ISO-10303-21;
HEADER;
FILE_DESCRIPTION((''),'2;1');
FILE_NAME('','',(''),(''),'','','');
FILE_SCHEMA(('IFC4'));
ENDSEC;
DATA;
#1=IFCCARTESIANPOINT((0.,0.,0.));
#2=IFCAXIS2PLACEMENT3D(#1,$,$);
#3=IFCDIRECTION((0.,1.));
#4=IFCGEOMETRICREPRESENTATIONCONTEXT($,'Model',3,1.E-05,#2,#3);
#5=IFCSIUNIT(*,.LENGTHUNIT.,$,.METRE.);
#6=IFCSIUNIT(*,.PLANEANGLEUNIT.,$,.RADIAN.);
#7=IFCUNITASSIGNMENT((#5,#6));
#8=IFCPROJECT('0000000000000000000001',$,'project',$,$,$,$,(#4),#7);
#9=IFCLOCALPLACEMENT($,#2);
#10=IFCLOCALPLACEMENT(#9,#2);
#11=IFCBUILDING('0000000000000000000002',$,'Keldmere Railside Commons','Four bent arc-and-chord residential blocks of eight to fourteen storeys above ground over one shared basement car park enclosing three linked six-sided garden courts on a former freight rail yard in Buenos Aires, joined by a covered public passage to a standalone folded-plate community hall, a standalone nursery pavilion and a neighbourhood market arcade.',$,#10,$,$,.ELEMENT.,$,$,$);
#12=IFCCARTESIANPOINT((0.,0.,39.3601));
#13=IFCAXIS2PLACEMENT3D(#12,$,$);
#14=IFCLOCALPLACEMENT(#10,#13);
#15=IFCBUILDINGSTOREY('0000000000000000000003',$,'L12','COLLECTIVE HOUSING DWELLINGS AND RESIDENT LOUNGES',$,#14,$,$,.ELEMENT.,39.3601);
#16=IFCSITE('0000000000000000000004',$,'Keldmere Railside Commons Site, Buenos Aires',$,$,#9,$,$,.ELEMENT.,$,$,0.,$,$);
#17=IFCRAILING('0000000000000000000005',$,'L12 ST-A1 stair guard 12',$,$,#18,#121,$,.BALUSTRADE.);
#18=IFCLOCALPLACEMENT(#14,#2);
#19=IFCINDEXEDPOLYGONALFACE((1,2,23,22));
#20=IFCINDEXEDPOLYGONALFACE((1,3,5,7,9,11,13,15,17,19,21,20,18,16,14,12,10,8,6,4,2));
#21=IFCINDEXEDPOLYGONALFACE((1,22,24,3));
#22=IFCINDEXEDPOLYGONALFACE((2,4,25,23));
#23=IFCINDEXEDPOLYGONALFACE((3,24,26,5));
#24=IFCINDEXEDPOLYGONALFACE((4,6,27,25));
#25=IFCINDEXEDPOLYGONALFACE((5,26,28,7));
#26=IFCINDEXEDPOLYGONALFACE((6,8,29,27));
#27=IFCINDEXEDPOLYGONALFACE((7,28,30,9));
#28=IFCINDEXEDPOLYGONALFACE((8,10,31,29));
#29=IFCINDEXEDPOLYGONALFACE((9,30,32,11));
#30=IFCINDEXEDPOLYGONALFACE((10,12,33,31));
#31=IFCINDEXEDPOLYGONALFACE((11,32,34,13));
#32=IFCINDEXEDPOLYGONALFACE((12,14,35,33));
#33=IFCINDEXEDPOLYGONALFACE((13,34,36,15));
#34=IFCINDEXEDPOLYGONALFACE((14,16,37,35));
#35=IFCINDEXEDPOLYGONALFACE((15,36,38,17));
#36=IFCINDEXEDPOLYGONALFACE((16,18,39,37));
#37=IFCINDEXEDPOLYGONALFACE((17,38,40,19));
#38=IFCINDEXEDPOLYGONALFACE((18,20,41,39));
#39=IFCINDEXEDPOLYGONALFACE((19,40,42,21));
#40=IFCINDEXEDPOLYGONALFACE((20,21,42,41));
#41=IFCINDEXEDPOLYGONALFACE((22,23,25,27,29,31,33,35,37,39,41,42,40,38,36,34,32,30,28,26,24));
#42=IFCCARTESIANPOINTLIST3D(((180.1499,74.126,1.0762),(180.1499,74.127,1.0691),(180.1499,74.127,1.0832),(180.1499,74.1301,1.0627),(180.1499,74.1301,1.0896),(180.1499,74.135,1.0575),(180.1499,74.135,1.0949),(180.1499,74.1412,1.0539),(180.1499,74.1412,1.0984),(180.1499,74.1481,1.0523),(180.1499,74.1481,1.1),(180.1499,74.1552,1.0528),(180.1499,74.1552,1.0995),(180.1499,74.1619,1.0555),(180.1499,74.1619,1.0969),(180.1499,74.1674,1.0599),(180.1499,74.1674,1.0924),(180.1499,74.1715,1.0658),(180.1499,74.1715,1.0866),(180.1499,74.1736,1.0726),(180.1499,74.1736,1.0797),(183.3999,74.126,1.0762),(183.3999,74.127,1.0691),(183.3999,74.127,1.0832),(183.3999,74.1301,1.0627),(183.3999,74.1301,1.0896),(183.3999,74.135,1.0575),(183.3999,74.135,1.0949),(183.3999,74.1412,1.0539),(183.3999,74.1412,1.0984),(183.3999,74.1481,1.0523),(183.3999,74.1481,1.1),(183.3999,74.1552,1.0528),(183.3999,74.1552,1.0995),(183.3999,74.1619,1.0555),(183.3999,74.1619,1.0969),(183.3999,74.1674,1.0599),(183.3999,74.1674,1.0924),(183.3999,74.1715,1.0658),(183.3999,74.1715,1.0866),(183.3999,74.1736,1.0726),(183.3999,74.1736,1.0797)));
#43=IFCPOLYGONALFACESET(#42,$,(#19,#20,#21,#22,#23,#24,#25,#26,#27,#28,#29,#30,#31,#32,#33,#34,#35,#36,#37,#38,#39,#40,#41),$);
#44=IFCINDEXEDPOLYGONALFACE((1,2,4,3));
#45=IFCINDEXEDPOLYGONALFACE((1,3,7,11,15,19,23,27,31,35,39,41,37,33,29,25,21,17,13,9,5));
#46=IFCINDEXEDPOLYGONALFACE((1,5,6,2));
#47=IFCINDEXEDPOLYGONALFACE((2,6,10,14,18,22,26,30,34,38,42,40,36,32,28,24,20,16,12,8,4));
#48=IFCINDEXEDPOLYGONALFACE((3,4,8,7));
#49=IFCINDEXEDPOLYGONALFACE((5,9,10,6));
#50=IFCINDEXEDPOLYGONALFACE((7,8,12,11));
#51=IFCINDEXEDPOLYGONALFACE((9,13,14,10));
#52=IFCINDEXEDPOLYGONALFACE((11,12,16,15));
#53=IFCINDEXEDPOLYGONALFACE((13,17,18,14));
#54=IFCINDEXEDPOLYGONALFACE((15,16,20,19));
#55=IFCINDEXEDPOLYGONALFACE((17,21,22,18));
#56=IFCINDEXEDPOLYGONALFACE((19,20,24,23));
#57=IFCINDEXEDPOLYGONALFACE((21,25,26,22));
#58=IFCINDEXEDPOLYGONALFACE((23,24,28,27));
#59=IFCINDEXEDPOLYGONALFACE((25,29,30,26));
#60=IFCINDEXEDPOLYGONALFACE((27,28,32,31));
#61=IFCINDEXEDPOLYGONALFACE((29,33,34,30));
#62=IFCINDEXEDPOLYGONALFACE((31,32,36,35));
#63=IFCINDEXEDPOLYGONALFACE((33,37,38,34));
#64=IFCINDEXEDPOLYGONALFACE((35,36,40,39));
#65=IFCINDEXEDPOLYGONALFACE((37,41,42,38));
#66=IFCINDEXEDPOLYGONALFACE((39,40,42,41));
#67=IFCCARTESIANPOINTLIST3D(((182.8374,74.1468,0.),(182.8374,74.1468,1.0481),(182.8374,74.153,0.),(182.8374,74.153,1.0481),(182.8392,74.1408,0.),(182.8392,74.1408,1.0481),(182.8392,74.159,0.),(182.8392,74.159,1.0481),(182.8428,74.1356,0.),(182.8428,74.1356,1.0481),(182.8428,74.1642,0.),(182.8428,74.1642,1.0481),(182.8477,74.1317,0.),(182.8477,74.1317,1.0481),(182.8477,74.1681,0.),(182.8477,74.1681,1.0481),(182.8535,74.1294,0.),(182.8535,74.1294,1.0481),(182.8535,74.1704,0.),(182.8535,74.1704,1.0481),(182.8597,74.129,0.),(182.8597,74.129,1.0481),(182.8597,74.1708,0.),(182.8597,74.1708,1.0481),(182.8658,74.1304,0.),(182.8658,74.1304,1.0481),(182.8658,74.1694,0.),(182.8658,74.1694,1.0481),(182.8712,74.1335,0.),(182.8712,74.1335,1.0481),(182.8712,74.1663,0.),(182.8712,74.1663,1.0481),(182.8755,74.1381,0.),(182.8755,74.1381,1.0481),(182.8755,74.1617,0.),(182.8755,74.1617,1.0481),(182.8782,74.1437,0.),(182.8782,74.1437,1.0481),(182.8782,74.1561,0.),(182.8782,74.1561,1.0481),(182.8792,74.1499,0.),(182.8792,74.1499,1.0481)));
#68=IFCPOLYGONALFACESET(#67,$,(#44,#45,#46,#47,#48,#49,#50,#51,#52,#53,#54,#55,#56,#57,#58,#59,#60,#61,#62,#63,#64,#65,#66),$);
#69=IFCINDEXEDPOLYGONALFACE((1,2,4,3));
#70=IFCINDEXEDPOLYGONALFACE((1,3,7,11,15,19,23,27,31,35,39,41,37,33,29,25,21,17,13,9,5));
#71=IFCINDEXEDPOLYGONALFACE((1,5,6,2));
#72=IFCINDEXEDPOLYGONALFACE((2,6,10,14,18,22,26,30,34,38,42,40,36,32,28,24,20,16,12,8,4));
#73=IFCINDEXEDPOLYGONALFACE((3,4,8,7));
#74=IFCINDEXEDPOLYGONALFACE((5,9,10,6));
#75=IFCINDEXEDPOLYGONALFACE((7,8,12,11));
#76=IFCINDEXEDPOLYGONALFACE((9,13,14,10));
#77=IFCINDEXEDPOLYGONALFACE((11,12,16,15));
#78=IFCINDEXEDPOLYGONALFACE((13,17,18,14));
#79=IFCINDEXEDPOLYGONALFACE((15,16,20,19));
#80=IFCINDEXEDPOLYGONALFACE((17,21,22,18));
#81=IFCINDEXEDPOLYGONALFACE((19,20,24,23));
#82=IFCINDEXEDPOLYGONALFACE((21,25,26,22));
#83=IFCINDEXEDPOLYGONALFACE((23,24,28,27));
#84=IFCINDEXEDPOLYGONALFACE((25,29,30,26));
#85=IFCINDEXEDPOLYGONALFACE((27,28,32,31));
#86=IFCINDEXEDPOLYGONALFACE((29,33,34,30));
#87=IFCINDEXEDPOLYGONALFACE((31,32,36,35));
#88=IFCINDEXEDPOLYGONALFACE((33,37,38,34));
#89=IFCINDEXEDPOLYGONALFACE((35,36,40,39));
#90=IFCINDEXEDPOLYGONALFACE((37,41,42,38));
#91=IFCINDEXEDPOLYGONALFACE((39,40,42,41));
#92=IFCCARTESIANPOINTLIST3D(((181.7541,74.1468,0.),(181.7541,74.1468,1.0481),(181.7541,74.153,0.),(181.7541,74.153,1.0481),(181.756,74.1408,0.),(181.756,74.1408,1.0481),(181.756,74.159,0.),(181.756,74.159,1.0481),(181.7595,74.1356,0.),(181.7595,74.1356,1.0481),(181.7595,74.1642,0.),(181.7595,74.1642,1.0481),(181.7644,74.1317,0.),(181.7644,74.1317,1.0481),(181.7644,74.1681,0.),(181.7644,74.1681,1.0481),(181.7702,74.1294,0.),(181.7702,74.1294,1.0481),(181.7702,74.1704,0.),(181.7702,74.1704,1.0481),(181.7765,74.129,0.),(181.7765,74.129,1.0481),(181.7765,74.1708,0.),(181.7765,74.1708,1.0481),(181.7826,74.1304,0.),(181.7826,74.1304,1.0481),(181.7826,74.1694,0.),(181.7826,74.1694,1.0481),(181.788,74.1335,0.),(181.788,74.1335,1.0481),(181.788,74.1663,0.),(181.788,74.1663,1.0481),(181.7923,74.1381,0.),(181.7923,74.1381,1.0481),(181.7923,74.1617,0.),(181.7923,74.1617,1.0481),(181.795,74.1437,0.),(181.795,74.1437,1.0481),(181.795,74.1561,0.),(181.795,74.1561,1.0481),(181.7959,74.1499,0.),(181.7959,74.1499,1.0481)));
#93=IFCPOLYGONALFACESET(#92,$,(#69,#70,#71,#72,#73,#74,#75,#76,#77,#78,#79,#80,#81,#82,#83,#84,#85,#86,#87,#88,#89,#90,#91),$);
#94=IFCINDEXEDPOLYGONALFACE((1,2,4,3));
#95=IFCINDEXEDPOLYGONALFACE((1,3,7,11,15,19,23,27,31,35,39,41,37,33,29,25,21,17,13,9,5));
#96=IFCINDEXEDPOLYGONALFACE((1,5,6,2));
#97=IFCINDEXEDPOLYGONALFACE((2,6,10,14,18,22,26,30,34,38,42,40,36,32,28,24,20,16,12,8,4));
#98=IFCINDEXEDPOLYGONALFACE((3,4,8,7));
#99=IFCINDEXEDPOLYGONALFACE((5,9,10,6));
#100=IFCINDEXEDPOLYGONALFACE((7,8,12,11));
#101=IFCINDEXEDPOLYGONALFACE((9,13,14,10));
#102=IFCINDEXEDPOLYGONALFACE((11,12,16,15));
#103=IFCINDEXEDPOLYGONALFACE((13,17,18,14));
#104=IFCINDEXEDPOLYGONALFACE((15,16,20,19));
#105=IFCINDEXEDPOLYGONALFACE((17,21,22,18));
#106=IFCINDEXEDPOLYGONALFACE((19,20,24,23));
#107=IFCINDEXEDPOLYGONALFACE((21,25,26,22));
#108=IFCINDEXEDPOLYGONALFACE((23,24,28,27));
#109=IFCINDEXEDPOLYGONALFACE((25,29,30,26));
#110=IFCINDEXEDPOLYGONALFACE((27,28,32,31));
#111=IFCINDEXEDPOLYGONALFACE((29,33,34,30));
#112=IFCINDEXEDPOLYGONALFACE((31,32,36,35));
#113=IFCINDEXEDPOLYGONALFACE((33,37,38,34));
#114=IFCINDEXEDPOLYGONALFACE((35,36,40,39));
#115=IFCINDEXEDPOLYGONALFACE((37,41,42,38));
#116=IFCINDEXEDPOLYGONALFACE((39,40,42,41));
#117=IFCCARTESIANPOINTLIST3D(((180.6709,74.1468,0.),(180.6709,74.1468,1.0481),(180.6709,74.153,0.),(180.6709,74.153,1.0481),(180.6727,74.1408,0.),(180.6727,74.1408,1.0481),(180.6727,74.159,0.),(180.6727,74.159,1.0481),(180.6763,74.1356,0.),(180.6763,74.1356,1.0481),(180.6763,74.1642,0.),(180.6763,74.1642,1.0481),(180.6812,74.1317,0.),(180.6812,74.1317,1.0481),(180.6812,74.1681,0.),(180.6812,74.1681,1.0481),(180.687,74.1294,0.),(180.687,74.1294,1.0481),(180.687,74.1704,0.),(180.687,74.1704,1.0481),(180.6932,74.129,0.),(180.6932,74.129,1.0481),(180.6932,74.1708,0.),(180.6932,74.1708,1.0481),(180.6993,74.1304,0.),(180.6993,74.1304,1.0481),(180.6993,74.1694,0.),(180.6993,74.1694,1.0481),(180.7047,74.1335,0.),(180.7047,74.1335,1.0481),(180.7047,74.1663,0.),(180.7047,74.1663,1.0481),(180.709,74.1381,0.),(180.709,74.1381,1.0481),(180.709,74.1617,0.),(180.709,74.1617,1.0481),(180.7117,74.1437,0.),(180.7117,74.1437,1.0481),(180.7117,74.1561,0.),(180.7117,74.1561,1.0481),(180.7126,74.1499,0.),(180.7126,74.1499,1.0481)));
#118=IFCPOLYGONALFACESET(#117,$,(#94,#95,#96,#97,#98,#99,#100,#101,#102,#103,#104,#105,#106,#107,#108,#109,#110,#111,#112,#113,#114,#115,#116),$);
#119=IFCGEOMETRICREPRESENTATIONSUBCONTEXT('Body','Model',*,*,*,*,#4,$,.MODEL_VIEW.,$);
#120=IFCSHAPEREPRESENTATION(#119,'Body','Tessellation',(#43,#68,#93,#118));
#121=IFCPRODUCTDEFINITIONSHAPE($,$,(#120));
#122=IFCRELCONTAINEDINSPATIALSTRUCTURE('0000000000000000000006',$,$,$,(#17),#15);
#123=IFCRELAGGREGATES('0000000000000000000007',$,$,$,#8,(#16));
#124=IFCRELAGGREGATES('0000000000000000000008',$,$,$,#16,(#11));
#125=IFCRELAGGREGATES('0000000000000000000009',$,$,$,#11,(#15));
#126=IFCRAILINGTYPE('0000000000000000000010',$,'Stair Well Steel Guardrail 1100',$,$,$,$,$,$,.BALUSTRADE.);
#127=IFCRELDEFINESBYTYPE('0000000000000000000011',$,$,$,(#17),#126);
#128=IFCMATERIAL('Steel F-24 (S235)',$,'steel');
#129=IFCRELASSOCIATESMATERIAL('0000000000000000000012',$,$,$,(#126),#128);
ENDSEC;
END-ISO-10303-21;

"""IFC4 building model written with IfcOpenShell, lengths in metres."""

from ifc_helpers import new_model, si_unit, direction, frame, origin, origin_2d, place, context, subcontext, project, spatial, circle, extrude, material, type_object, element, save


model = new_model("IFC4")

# Units and contexts
model_context = context("Model", 3, precision=1e-05, world=origin(), true_north=direction((0.0, 1.0)))
body_context = subcontext(model_context, "Body", "Model", "MODEL_VIEW")
ifc_project = project(units=[si_unit("LENGTHUNIT", "METRE"), si_unit("PLANEANGLEUNIT", "RADIAN")], contexts=[model_context])

# Site, building, storey
site_placement = place(None, origin())
site = spatial("IfcSite", under=ifc_project, at=site_placement, Name="Keldmere Railside Commons Site, Buenos Aires", CompositionType="ELEMENT", RefElevation=0.0)
building_placement = place(site_placement, origin())
building = spatial("IfcBuilding", under=site, at=building_placement, Name="Keldmere Railside Commons", Description="Four bent arc-and-chord residential blocks of eight to fourteen storeys above ground over one shared basement car park enclosing three linked six-sided garden courts on a former freight rail yard in Buenos Aires, joined by a covered public passage to a standalone folded-plate community hall, a standalone nursery pavilion and a neighbourhood market arcade.", CompositionType="ELEMENT")
storey_placement = place(building_placement, frame((0.0, 0.0, 39.3601)))
storey = spatial("IfcBuildingStorey", under=building, at=storey_placement, Name="L12", Description="COLLECTIVE HOUSING DWELLINGS AND RESIDENT LOUNGES", CompositionType="ELEMENT", Elevation=39.3601)

# Shared definitions
ifc_material_1 = material(Name="Steel F-24 (S235)", Category="steel")

# Railing
railing_type_1 = type_object("IfcRailingType", Name="Stair Well Steel Guardrail 1100", PredefinedType="BALUSTRADE", material=ifc_material_1)
railing_1_placement = place(storey_placement, frame((183.3999, 74.1499, 0.0)))
element("IfcRailing", 1, at=railing_1_placement, inside=storey, type_object=railing_type_1, Name="L12 ST-A1 stair guard 12", PredefinedType="BALUSTRADE", context=body_context, shape_type="SweptSolid", body=[
    extrude(circle(Radius=0.0239, at=origin_2d()), frame((0.0, 0.0, 1.0762), z_axis=(-1.0, 0.0, 0.0), x_axis=(0.0, -1.0, 0.0)), (0.0, 0.0, 1.0), 3.25),
    extrude(circle(Radius=0.021, at=origin_2d()), frame((-0.5417, 0.0, 0.0)), (0.0, 0.0, 1.0), 1.0481),
    extrude(circle(Radius=0.021, at=origin_2d()), frame((-1.625, 0.0, 0.0)), (0.0, 0.0, 1.0), 1.0481),
    extrude(circle(Radius=0.021, at=origin_2d()), frame((-2.7083, 0.0, 0.0)), (0.0, 0.0, 1.0), 1.0481),
])

save(model, "model.ifc")
